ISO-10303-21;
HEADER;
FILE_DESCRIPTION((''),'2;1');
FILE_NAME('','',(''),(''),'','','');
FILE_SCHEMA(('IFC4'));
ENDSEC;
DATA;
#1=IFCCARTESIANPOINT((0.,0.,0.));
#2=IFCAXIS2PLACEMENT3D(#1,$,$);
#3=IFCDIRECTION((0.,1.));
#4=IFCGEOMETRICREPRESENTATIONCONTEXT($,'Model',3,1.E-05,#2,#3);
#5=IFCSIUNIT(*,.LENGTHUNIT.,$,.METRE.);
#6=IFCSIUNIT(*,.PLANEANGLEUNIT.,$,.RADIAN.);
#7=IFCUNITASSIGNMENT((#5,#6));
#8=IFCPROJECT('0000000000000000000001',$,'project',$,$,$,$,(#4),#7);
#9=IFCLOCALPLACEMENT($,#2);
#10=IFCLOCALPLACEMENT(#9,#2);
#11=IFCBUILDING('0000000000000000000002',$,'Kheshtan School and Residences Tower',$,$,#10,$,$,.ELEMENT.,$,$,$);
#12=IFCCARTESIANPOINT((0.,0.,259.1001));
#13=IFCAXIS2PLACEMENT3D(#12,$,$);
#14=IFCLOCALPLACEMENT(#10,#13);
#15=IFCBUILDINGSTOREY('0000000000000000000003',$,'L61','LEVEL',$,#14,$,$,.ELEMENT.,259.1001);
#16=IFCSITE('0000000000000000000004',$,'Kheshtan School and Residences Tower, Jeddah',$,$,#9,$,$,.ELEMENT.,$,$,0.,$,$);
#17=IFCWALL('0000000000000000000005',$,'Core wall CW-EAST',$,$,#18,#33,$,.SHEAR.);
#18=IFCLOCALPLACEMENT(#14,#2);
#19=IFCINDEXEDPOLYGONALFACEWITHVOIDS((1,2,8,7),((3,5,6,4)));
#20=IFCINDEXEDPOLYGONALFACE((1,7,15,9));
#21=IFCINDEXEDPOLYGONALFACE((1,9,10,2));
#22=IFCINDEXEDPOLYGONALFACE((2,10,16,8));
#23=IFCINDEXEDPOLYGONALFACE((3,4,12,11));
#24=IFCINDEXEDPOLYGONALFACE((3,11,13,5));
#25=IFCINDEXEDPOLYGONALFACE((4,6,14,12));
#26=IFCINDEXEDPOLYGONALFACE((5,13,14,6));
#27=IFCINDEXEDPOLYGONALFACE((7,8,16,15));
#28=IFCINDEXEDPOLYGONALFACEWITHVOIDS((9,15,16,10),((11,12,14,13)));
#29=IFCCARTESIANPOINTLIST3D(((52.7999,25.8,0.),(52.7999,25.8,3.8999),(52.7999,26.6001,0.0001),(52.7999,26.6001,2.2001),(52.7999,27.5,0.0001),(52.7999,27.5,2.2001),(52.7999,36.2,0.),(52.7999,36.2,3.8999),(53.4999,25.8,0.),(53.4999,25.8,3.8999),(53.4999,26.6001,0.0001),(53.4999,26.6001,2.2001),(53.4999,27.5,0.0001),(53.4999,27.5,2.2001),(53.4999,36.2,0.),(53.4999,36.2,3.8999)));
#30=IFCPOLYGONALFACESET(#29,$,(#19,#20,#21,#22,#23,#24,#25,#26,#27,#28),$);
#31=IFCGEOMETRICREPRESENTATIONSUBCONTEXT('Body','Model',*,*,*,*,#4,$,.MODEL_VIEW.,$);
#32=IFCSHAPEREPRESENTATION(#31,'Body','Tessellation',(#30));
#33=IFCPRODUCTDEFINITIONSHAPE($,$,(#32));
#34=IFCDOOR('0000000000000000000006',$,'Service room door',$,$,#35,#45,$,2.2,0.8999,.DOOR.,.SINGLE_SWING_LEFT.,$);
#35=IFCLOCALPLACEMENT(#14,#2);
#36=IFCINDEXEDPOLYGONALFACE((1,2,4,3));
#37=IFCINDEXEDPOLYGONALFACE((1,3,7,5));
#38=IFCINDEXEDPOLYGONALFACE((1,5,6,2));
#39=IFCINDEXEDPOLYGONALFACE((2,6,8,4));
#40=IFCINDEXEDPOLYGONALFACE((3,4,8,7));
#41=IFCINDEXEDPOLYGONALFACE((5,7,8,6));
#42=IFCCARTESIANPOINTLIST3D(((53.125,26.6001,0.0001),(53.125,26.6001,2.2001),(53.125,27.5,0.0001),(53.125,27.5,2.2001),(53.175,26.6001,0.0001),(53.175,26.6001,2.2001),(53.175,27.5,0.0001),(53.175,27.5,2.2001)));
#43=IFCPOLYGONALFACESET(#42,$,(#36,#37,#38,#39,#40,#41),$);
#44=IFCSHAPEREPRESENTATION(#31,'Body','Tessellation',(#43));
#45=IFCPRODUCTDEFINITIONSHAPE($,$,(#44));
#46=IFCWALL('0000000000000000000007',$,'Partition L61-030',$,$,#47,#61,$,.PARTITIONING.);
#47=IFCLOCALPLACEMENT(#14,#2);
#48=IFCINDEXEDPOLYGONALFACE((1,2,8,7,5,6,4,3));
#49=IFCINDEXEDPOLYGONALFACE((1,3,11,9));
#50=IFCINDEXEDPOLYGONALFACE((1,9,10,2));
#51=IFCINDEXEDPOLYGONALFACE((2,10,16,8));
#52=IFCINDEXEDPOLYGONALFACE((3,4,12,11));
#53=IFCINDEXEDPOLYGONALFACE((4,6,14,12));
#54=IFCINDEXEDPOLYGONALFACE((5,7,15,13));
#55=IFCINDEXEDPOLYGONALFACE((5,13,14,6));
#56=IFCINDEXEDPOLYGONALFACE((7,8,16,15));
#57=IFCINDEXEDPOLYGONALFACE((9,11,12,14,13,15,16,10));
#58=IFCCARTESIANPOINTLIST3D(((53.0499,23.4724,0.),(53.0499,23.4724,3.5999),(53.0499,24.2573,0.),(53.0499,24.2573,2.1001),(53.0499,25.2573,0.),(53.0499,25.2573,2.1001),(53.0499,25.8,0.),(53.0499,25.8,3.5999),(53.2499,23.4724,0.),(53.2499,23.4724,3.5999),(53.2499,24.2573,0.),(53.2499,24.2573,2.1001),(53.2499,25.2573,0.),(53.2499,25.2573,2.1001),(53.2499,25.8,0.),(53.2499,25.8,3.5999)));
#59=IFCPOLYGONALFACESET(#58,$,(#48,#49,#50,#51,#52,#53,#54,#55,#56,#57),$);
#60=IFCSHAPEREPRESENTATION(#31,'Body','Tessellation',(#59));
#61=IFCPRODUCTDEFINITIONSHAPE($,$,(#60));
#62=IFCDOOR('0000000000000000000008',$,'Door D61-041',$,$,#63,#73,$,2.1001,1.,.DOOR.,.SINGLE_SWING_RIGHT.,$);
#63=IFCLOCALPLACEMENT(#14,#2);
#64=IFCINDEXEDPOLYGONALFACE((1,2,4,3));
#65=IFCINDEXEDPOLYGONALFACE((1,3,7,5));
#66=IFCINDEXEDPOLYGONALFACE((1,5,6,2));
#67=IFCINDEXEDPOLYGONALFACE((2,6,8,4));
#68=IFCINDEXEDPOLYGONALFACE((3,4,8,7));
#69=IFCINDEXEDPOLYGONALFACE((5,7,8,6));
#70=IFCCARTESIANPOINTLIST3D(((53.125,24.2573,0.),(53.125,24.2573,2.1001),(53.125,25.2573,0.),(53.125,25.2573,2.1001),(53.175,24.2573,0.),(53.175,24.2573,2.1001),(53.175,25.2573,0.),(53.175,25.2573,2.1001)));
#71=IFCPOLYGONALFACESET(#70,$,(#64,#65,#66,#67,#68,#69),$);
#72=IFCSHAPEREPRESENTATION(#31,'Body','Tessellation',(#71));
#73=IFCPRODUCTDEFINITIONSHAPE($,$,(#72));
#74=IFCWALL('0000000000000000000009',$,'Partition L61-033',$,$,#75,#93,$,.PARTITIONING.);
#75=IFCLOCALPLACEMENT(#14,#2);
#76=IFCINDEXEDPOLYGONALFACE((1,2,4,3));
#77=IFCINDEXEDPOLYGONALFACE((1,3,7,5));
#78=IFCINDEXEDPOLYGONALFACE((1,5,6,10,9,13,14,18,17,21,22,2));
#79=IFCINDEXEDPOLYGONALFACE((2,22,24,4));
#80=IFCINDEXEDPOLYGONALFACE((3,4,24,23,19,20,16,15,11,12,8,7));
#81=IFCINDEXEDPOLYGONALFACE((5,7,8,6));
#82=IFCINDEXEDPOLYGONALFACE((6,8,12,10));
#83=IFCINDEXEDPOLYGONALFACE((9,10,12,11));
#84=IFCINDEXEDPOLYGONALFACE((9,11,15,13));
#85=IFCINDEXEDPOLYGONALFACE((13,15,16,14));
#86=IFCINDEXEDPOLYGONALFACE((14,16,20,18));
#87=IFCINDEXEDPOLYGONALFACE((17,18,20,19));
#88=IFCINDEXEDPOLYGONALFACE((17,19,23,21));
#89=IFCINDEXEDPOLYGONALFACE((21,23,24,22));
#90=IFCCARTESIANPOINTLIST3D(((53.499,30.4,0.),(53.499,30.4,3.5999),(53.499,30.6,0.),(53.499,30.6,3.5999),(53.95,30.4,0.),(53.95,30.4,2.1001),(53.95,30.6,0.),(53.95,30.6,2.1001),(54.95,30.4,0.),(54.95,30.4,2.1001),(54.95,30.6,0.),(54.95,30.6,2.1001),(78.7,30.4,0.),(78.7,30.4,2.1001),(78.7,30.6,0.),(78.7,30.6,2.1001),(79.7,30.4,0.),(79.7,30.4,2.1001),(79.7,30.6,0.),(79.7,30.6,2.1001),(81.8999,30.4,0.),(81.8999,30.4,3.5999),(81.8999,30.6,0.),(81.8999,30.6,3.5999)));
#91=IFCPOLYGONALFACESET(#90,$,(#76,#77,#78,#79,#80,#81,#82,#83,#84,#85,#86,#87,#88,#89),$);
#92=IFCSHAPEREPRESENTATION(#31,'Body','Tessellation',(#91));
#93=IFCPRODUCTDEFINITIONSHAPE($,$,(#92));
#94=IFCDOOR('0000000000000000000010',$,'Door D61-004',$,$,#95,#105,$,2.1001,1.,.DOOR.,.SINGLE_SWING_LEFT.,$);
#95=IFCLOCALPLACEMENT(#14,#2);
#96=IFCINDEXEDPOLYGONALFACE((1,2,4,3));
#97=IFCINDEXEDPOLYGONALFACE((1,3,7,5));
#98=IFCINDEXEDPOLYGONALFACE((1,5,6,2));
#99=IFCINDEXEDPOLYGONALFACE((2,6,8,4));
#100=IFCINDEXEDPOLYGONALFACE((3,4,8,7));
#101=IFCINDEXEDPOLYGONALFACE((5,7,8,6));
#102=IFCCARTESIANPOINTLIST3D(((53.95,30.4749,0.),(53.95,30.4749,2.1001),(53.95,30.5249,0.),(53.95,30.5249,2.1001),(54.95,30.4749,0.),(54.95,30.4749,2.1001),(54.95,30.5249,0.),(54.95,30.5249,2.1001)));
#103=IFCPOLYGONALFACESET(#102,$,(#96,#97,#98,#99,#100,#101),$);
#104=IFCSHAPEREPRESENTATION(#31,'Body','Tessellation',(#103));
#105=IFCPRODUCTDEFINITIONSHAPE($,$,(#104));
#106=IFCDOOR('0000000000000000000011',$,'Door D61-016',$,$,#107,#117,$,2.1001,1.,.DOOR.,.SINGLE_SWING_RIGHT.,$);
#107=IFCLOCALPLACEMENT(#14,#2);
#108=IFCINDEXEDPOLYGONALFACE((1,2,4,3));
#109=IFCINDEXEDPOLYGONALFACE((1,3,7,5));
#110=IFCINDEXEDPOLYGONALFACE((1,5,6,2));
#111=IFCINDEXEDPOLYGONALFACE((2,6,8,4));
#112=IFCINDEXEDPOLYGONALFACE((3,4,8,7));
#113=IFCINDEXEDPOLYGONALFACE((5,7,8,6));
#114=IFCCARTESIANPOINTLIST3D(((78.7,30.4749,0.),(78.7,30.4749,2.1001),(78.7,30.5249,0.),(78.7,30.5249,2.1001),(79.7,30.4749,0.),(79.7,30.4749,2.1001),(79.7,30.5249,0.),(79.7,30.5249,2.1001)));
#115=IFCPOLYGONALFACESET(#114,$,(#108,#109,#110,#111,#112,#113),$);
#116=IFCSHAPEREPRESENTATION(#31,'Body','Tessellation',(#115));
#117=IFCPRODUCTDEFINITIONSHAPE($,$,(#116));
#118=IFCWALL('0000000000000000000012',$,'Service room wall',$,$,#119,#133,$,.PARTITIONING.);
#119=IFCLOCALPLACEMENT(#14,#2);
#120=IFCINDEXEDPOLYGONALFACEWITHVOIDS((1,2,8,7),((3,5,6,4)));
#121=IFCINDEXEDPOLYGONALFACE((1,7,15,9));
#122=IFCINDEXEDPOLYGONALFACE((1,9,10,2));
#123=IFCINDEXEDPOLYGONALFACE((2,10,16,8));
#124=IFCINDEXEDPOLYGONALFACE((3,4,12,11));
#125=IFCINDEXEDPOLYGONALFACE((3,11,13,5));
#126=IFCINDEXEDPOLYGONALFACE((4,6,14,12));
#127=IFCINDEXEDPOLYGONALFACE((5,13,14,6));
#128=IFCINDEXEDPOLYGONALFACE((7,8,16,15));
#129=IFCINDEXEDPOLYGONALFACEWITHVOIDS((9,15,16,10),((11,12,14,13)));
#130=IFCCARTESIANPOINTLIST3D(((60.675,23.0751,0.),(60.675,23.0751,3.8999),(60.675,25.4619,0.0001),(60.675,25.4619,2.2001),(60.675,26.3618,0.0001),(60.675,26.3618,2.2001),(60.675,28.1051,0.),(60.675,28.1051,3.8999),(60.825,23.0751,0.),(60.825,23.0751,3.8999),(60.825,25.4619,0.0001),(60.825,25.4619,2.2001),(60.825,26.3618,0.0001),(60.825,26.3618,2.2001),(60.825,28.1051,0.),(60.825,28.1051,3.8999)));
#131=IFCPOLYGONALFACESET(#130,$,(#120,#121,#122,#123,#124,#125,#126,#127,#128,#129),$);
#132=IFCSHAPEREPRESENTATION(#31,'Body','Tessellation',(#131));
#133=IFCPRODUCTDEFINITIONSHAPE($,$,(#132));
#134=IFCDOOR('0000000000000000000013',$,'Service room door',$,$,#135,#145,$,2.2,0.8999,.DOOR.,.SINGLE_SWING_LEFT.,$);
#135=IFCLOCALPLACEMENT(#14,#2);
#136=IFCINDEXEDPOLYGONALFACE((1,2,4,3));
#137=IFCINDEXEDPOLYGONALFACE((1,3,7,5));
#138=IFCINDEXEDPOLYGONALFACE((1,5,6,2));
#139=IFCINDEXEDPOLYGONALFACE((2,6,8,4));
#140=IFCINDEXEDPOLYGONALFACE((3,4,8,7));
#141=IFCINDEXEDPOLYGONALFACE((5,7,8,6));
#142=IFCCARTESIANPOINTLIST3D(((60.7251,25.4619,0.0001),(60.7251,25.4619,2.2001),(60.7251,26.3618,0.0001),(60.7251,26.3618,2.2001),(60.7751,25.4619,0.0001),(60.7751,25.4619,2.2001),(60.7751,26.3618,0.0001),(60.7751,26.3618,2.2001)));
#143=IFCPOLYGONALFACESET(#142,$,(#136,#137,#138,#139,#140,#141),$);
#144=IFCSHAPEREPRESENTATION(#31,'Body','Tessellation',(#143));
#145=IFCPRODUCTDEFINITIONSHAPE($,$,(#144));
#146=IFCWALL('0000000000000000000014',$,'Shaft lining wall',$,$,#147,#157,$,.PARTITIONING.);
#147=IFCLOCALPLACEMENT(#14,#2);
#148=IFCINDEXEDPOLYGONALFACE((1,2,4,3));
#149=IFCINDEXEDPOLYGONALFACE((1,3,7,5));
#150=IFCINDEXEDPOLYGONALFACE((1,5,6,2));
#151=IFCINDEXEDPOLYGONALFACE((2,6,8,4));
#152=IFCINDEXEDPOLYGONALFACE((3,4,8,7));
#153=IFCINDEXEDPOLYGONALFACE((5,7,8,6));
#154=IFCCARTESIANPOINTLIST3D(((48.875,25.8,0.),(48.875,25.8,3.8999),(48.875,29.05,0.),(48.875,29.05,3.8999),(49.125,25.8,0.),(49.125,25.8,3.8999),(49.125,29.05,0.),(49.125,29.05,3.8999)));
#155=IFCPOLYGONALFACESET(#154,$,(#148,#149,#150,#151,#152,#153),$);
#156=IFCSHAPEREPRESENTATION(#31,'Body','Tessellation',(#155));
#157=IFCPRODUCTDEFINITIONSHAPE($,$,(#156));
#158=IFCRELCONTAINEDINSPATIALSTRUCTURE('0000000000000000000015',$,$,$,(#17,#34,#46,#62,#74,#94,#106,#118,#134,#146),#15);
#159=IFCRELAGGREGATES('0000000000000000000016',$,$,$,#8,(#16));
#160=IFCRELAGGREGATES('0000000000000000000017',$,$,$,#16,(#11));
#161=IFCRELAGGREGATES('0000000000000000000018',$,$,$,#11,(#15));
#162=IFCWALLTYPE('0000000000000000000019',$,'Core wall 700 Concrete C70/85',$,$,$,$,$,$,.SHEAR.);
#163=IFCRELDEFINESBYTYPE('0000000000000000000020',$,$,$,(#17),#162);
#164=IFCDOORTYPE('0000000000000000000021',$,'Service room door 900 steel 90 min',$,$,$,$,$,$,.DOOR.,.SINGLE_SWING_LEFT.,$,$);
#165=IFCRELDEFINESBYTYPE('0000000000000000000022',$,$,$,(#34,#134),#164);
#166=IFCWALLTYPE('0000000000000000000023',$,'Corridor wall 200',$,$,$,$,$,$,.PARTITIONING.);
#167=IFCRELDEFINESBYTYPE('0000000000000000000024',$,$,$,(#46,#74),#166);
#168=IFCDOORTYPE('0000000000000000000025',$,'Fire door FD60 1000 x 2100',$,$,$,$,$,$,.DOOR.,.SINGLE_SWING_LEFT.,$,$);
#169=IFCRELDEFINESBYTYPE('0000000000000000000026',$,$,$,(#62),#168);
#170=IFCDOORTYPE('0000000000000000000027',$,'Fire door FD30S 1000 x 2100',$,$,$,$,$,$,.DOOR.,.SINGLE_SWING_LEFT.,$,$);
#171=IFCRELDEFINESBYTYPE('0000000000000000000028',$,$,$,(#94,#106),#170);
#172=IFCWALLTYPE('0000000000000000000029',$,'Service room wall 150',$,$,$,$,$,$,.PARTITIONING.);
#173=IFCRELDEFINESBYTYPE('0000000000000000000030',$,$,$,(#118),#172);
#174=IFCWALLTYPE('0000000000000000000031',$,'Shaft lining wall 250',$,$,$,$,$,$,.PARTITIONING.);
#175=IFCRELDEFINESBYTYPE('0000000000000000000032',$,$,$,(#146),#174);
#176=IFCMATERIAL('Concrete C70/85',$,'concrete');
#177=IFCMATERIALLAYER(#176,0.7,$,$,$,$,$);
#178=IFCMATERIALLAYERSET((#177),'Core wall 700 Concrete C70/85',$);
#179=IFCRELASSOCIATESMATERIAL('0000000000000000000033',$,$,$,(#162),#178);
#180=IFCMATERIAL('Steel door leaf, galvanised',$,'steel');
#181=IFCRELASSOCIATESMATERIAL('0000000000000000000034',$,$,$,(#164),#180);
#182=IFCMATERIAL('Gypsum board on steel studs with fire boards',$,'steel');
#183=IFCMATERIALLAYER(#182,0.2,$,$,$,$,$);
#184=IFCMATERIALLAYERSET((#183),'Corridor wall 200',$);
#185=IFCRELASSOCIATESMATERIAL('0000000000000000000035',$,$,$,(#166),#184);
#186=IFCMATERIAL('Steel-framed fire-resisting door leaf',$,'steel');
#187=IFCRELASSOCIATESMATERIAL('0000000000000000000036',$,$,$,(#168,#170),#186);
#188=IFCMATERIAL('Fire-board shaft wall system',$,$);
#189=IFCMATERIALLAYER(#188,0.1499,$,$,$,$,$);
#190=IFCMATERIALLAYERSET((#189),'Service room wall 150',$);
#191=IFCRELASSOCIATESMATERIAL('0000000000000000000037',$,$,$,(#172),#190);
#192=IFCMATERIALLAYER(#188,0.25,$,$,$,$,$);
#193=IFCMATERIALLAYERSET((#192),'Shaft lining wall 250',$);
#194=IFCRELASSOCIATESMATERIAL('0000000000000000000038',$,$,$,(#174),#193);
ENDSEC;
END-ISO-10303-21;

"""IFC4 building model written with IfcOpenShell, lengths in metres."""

from ifc_helpers import new_model, si_unit, direction, frame, frame_2d, origin, place, context, subcontext, project, spatial, rectangle, extrude, source, transform, mapped, material, layer, layer_set, type_object, element, fill, save


model = new_model("IFC4")

# Units and contexts
model_context = context("Model", 3, precision=1e-05, world=origin(), true_north=direction((0.0, 1.0)))
body_context = subcontext(model_context, "Body", "Model", "MODEL_VIEW")
ifc_project = project(units=[si_unit("LENGTHUNIT", "METRE"), si_unit("PLANEANGLEUNIT", "RADIAN")], contexts=[model_context])

# Site, building, storey
site_placement = place(None, origin())
site = spatial("IfcSite", under=ifc_project, at=site_placement, Name="Kheshtan School and Residences Tower, Jeddah", CompositionType="ELEMENT", RefElevation=0.0)
building_placement = place(site_placement, origin())
building = spatial("IfcBuilding", under=site, at=building_placement, Name="Kheshtan School and Residences Tower", CompositionType="ELEMENT")
storey_placement = place(building_placement, frame((0.0, 0.0, 259.1001)))
storey = spatial("IfcBuildingStorey", under=building, at=storey_placement, Name="L61", Description="LEVEL", CompositionType="ELEMENT", Elevation=259.1001)

# Walls, openings, doors
ifc_material_1 = material(Name="Concrete C70/85", Category="concrete")
ifc_layer_1 = layer(ifc_material_1, 0.7)
ifc_layer_set_1 = layer_set([ifc_layer_1], Name="Core wall 700 Concrete C70/85")
wall_type_1 = type_object("IfcWallType", Name="Core wall 700 Concrete C70/85", PredefinedType="SHEAR", material=ifc_layer_set_1)
wall_1_placement = place(storey_placement, frame((53.1499, 25.8, 0.0), z_axis=(0.0, 0.0, 1.0), x_axis=(0.0, 1.0, 0.0)))
wall_1 = element("IfcWall", 1, at=wall_1_placement, inside=storey, type_object=wall_type_1, Name="Core wall CW-EAST", PredefinedType="SHEAR", context=body_context, shape_type="SweptSolid", body=[
    extrude(rectangle(XDim=10.3999, YDim=0.7, at=frame_2d((5.2, 0.0))), origin(), (0.0, 0.0, 1.0), 3.8999),
])
opening_1_placement = place(wall_1_placement, frame((0.8, 0.0, 0.0)))
opening_1 = element("IfcOpeningElement", 2, at=opening_1_placement, cuts=wall_1, PredefinedType="OPENING", context=body_context, shape_type="SweptSolid", body=[
    extrude(rectangle(XDim=0.8999, YDim=2.2, at=frame_2d((0.45, 1.1001))), frame((0.0, 0.3599, 0.0), z_axis=(0.0, -1.0, 0.0), x_axis=(1.0, 0.0, 0.0)), (0.0, 0.0, 1.0), 0.72),
])
ifc_material_2 = material(Name="Steel door leaf, galvanised", Category="steel")
door_type_1 = type_object("IfcDoorType", Name="Service room door 900 steel 90 min", OperationType="SINGLE_SWING_LEFT", PredefinedType="DOOR", material=ifc_material_2)
shared_shape_1 = source(origin(), body_context, "Body", "SweptSolid", [
    extrude(rectangle(XDim=0.8999, YDim=2.2, at=frame_2d((0.45, 1.1001))), frame((0.0, 0.0249, 0.0), z_axis=(0.0, -1.0, 0.0), x_axis=(1.0, 0.0, 0.0)), (0.0, 0.0, 1.0), 0.05),
])
door_1_placement = place(opening_1_placement, origin())
door_1 = element("IfcDoor", 3, at=door_1_placement, inside=storey, type_object=door_type_1, Name="Service room door", OperationType="SINGLE_SWING_LEFT", OverallHeight=2.2, OverallWidth=0.8999, PredefinedType="DOOR", context=body_context, shape_type="MappedRepresentation", body=[
    mapped(shared_shape_1, transform((0.0, 0.0, 0.0), x_axis=(1.0, 0.0, 0.0), y_axis=(0.0, 1.0, 0.0), z_axis=(0.0, 0.0, 1.0), scale=1.0)),
])
fill(opening_1, door_1)
ifc_material_3 = material(Name="Gypsum board on steel studs with fire boards", Category="steel")
ifc_layer_2 = layer(ifc_material_3, 0.2)
ifc_layer_set_2 = layer_set([ifc_layer_2], Name="Corridor wall 200")
wall_type_2 = type_object("IfcWallType", Name="Corridor wall 200", PredefinedType="PARTITIONING", material=ifc_layer_set_2)
wall_2_placement = place(storey_placement, frame((53.1499, 23.4724, 0.0), z_axis=(0.0, 0.0, 1.0), x_axis=(0.0, 1.0, 0.0)))
wall_2 = element("IfcWall", 4, at=wall_2_placement, inside=storey, type_object=wall_type_2, Name="Partition L61-030", PredefinedType="PARTITIONING", context=body_context, shape_type="SweptSolid", body=[
    extrude(rectangle(XDim=2.3276, YDim=0.2, at=frame_2d((1.1638, 0.0))), origin(), (0.0, 0.0, 1.0), 3.5999),
])
opening_2_placement = place(wall_2_placement, frame((0.7849, 0.0, 0.0)))
opening_2 = element("IfcOpeningElement", 5, at=opening_2_placement, cuts=wall_2, PredefinedType="OPENING", context=body_context, shape_type="SweptSolid", body=[
    extrude(rectangle(XDim=1.0, YDim=2.1001, at=frame_2d((0.5, 1.05))), frame((0.0, 0.1099, 0.0), z_axis=(0.0, -1.0, 0.0), x_axis=(1.0, 0.0, 0.0)), (0.0, 0.0, 1.0), 0.22),
])
ifc_material_4 = material(Name="Steel-framed fire-resisting door leaf", Category="steel")
door_type_2 = type_object("IfcDoorType", Name="Fire door FD60 1000 x 2100", OperationType="SINGLE_SWING_LEFT", PredefinedType="DOOR", material=ifc_material_4)
shared_shape_2 = source(origin(), body_context, "Body", "SweptSolid", [
    extrude(rectangle(XDim=1.0, YDim=2.1001, at=frame_2d((0.5, 1.05))), frame((0.0, 0.0249, 0.0), z_axis=(0.0, -1.0, 0.0), x_axis=(1.0, 0.0, 0.0)), (0.0, 0.0, 1.0), 0.05),
])
door_2_placement = place(opening_2_placement, origin())
door_2 = element("IfcDoor", 6, at=door_2_placement, inside=storey, type_object=door_type_2, Name="Door D61-041", OperationType="SINGLE_SWING_RIGHT", OverallHeight=2.1001, OverallWidth=1.0, PredefinedType="DOOR", context=body_context, shape_type="MappedRepresentation", body=[
    mapped(shared_shape_2, transform((0.0, 0.0, 0.0), x_axis=(1.0, 0.0, 0.0), y_axis=(0.0, 1.0, 0.0), z_axis=(0.0, 0.0, 1.0), scale=1.0)),
])
fill(opening_2, door_2)

# Wall, openings, doors
wall_3_placement = place(storey_placement, frame((53.499, 30.5, 0.0), z_axis=(0.0, 0.0, 1.0), x_axis=(1.0, 0.0, 0.0)))
wall_3 = element("IfcWall", 7, at=wall_3_placement, inside=storey, type_object=wall_type_2, Name="Partition L61-033", PredefinedType="PARTITIONING", context=body_context, shape_type="SweptSolid", body=[
    extrude(rectangle(XDim=28.4009, YDim=0.2, at=frame_2d((14.2004, 0.0))), origin(), (0.0, 0.0, 1.0), 3.5999),
])
opening_3_placement = place(wall_3_placement, frame((0.4509, 0.0, 0.0)))
opening_3 = element("IfcOpeningElement", 8, at=opening_3_placement, cuts=wall_3, PredefinedType="OPENING", context=body_context, shape_type="SweptSolid", body=[
    extrude(rectangle(XDim=1.0, YDim=2.1001, at=frame_2d((0.5, 1.05))), frame((0.0, 0.1099, 0.0), z_axis=(0.0, -1.0, 0.0), x_axis=(1.0, 0.0, 0.0)), (0.0, 0.0, 1.0), 0.22),
])
opening_4_placement = place(wall_3_placement, frame((25.2009, 0.0, 0.0)))
opening_4 = element("IfcOpeningElement", 9, at=opening_4_placement, cuts=wall_3, PredefinedType="OPENING", context=body_context, shape_type="SweptSolid", body=[
    extrude(rectangle(XDim=1.0, YDim=2.1001, at=frame_2d((0.5, 1.05))), frame((0.0, 0.1099, 0.0), z_axis=(0.0, -1.0, 0.0), x_axis=(1.0, 0.0, 0.0)), (0.0, 0.0, 1.0), 0.22),
])
door_type_3 = type_object("IfcDoorType", Name="Fire door FD30S 1000 x 2100", OperationType="SINGLE_SWING_LEFT", PredefinedType="DOOR", material=ifc_material_4)
shared_shape_3 = source(origin(), body_context, "Body", "SweptSolid", [
    extrude(rectangle(XDim=1.0, YDim=2.1001, at=frame_2d((0.5, 1.05))), frame((0.0, 0.0249, 0.0), z_axis=(0.0, -1.0, 0.0), x_axis=(1.0, 0.0, 0.0)), (0.0, 0.0, 1.0), 0.05),
])
door_3_placement = place(opening_3_placement, origin())
door_3 = element("IfcDoor", 10, at=door_3_placement, inside=storey, type_object=door_type_3, Name="Door D61-004", OperationType="SINGLE_SWING_LEFT", OverallHeight=2.1001, OverallWidth=1.0, PredefinedType="DOOR", context=body_context, shape_type="MappedRepresentation", body=[
    mapped(shared_shape_3, transform((0.0, 0.0, 0.0), x_axis=(1.0, 0.0, 0.0), y_axis=(0.0, 1.0, 0.0), z_axis=(0.0, 0.0, 1.0), scale=1.0)),
])
fill(opening_3, door_3)
door_4_placement = place(opening_4_placement, origin())
door_4 = element("IfcDoor", 11, at=door_4_placement, inside=storey, type_object=door_type_3, Name="Door D61-016", OperationType="SINGLE_SWING_RIGHT", OverallHeight=2.1001, OverallWidth=1.0, PredefinedType="DOOR", context=body_context, shape_type="MappedRepresentation", body=[
    mapped(shared_shape_3, transform((0.0, 0.0, 0.0), x_axis=(1.0, 0.0, 0.0), y_axis=(0.0, 1.0, 0.0), z_axis=(0.0, 0.0, 1.0), scale=1.0)),
])
fill(opening_4, door_4)

# Wall, opening, door
ifc_material_5 = material(Name="Fire-board shaft wall system")
ifc_layer_3 = layer(ifc_material_5, 0.1499)
ifc_layer_set_3 = layer_set([ifc_layer_3], Name="Service room wall 150")
wall_type_3 = type_object("IfcWallType", Name="Service room wall 150", PredefinedType="PARTITIONING", material=ifc_layer_set_3)
wall_4_placement = place(storey_placement, frame((60.75, 23.075, 0.0), z_axis=(0.0, 0.0, 1.0), x_axis=(0.0, 1.0, 0.0)))
wall_4 = element("IfcWall", 12, at=wall_4_placement, inside=storey, type_object=wall_type_3, Name="Service room wall", PredefinedType="PARTITIONING", context=body_context, shape_type="SweptSolid", body=[
    extrude(rectangle(XDim=5.03, YDim=0.1499, at=frame_2d((2.5151, 0.0))), origin(), (0.0, 0.0, 1.0), 3.8999),
])
opening_5_placement = place(wall_4_placement, frame((2.387, 0.0, 0.0)))
opening_5 = element("IfcOpeningElement", 13, at=opening_5_placement, cuts=wall_4, PredefinedType="OPENING", context=body_context, shape_type="SweptSolid", body=[
    extrude(rectangle(XDim=0.8999, YDim=2.2, at=frame_2d((0.45, 1.1001))), frame((0.0, 0.085, 0.0), z_axis=(0.0, -1.0, 0.0), x_axis=(1.0, 0.0, 0.0)), (0.0, 0.0, 1.0), 0.1699),
])
door_5_placement = place(opening_5_placement, origin())
door_5 = element("IfcDoor", 14, at=door_5_placement, inside=storey, type_object=door_type_1, Name="Service room door", OperationType="SINGLE_SWING_LEFT", OverallHeight=2.2, OverallWidth=0.8999, PredefinedType="DOOR", context=body_context, shape_type="MappedRepresentation", body=[
    mapped(shared_shape_1, transform((0.0, 0.0, 0.0), x_axis=(1.0, 0.0, 0.0), y_axis=(0.0, 1.0, 0.0), z_axis=(0.0, 0.0, 1.0), scale=1.0)),
])
fill(opening_5, door_5)

# Wall
ifc_layer_4 = layer(ifc_material_5, 0.25)
ifc_layer_set_4 = layer_set([ifc_layer_4], Name="Shaft lining wall 250")
wall_type_4 = type_object("IfcWallType", Name="Shaft lining wall 250", PredefinedType="PARTITIONING", material=ifc_layer_set_4)
for number, where, z_axis, x_axis, name in (
    (15, (49.0, 25.8, 0.0), (0.0, 0.0, 1.0), (0.0, 1.0, 0.0), "Shaft lining wall"),
):
    element("IfcWall", number, at=place(storey_placement, frame(where, z_axis=z_axis, x_axis=x_axis)), inside=storey, type_object=wall_type_4, Name=name, PredefinedType="PARTITIONING", context=body_context, shape_type="SweptSolid", body=[
        extrude(rectangle(XDim=3.25, YDim=0.25, at=frame_2d((1.625, 0.0))), origin(), (0.0, 0.0, 1.0), 3.8999),
    ])

save(model, "model.ifc")
